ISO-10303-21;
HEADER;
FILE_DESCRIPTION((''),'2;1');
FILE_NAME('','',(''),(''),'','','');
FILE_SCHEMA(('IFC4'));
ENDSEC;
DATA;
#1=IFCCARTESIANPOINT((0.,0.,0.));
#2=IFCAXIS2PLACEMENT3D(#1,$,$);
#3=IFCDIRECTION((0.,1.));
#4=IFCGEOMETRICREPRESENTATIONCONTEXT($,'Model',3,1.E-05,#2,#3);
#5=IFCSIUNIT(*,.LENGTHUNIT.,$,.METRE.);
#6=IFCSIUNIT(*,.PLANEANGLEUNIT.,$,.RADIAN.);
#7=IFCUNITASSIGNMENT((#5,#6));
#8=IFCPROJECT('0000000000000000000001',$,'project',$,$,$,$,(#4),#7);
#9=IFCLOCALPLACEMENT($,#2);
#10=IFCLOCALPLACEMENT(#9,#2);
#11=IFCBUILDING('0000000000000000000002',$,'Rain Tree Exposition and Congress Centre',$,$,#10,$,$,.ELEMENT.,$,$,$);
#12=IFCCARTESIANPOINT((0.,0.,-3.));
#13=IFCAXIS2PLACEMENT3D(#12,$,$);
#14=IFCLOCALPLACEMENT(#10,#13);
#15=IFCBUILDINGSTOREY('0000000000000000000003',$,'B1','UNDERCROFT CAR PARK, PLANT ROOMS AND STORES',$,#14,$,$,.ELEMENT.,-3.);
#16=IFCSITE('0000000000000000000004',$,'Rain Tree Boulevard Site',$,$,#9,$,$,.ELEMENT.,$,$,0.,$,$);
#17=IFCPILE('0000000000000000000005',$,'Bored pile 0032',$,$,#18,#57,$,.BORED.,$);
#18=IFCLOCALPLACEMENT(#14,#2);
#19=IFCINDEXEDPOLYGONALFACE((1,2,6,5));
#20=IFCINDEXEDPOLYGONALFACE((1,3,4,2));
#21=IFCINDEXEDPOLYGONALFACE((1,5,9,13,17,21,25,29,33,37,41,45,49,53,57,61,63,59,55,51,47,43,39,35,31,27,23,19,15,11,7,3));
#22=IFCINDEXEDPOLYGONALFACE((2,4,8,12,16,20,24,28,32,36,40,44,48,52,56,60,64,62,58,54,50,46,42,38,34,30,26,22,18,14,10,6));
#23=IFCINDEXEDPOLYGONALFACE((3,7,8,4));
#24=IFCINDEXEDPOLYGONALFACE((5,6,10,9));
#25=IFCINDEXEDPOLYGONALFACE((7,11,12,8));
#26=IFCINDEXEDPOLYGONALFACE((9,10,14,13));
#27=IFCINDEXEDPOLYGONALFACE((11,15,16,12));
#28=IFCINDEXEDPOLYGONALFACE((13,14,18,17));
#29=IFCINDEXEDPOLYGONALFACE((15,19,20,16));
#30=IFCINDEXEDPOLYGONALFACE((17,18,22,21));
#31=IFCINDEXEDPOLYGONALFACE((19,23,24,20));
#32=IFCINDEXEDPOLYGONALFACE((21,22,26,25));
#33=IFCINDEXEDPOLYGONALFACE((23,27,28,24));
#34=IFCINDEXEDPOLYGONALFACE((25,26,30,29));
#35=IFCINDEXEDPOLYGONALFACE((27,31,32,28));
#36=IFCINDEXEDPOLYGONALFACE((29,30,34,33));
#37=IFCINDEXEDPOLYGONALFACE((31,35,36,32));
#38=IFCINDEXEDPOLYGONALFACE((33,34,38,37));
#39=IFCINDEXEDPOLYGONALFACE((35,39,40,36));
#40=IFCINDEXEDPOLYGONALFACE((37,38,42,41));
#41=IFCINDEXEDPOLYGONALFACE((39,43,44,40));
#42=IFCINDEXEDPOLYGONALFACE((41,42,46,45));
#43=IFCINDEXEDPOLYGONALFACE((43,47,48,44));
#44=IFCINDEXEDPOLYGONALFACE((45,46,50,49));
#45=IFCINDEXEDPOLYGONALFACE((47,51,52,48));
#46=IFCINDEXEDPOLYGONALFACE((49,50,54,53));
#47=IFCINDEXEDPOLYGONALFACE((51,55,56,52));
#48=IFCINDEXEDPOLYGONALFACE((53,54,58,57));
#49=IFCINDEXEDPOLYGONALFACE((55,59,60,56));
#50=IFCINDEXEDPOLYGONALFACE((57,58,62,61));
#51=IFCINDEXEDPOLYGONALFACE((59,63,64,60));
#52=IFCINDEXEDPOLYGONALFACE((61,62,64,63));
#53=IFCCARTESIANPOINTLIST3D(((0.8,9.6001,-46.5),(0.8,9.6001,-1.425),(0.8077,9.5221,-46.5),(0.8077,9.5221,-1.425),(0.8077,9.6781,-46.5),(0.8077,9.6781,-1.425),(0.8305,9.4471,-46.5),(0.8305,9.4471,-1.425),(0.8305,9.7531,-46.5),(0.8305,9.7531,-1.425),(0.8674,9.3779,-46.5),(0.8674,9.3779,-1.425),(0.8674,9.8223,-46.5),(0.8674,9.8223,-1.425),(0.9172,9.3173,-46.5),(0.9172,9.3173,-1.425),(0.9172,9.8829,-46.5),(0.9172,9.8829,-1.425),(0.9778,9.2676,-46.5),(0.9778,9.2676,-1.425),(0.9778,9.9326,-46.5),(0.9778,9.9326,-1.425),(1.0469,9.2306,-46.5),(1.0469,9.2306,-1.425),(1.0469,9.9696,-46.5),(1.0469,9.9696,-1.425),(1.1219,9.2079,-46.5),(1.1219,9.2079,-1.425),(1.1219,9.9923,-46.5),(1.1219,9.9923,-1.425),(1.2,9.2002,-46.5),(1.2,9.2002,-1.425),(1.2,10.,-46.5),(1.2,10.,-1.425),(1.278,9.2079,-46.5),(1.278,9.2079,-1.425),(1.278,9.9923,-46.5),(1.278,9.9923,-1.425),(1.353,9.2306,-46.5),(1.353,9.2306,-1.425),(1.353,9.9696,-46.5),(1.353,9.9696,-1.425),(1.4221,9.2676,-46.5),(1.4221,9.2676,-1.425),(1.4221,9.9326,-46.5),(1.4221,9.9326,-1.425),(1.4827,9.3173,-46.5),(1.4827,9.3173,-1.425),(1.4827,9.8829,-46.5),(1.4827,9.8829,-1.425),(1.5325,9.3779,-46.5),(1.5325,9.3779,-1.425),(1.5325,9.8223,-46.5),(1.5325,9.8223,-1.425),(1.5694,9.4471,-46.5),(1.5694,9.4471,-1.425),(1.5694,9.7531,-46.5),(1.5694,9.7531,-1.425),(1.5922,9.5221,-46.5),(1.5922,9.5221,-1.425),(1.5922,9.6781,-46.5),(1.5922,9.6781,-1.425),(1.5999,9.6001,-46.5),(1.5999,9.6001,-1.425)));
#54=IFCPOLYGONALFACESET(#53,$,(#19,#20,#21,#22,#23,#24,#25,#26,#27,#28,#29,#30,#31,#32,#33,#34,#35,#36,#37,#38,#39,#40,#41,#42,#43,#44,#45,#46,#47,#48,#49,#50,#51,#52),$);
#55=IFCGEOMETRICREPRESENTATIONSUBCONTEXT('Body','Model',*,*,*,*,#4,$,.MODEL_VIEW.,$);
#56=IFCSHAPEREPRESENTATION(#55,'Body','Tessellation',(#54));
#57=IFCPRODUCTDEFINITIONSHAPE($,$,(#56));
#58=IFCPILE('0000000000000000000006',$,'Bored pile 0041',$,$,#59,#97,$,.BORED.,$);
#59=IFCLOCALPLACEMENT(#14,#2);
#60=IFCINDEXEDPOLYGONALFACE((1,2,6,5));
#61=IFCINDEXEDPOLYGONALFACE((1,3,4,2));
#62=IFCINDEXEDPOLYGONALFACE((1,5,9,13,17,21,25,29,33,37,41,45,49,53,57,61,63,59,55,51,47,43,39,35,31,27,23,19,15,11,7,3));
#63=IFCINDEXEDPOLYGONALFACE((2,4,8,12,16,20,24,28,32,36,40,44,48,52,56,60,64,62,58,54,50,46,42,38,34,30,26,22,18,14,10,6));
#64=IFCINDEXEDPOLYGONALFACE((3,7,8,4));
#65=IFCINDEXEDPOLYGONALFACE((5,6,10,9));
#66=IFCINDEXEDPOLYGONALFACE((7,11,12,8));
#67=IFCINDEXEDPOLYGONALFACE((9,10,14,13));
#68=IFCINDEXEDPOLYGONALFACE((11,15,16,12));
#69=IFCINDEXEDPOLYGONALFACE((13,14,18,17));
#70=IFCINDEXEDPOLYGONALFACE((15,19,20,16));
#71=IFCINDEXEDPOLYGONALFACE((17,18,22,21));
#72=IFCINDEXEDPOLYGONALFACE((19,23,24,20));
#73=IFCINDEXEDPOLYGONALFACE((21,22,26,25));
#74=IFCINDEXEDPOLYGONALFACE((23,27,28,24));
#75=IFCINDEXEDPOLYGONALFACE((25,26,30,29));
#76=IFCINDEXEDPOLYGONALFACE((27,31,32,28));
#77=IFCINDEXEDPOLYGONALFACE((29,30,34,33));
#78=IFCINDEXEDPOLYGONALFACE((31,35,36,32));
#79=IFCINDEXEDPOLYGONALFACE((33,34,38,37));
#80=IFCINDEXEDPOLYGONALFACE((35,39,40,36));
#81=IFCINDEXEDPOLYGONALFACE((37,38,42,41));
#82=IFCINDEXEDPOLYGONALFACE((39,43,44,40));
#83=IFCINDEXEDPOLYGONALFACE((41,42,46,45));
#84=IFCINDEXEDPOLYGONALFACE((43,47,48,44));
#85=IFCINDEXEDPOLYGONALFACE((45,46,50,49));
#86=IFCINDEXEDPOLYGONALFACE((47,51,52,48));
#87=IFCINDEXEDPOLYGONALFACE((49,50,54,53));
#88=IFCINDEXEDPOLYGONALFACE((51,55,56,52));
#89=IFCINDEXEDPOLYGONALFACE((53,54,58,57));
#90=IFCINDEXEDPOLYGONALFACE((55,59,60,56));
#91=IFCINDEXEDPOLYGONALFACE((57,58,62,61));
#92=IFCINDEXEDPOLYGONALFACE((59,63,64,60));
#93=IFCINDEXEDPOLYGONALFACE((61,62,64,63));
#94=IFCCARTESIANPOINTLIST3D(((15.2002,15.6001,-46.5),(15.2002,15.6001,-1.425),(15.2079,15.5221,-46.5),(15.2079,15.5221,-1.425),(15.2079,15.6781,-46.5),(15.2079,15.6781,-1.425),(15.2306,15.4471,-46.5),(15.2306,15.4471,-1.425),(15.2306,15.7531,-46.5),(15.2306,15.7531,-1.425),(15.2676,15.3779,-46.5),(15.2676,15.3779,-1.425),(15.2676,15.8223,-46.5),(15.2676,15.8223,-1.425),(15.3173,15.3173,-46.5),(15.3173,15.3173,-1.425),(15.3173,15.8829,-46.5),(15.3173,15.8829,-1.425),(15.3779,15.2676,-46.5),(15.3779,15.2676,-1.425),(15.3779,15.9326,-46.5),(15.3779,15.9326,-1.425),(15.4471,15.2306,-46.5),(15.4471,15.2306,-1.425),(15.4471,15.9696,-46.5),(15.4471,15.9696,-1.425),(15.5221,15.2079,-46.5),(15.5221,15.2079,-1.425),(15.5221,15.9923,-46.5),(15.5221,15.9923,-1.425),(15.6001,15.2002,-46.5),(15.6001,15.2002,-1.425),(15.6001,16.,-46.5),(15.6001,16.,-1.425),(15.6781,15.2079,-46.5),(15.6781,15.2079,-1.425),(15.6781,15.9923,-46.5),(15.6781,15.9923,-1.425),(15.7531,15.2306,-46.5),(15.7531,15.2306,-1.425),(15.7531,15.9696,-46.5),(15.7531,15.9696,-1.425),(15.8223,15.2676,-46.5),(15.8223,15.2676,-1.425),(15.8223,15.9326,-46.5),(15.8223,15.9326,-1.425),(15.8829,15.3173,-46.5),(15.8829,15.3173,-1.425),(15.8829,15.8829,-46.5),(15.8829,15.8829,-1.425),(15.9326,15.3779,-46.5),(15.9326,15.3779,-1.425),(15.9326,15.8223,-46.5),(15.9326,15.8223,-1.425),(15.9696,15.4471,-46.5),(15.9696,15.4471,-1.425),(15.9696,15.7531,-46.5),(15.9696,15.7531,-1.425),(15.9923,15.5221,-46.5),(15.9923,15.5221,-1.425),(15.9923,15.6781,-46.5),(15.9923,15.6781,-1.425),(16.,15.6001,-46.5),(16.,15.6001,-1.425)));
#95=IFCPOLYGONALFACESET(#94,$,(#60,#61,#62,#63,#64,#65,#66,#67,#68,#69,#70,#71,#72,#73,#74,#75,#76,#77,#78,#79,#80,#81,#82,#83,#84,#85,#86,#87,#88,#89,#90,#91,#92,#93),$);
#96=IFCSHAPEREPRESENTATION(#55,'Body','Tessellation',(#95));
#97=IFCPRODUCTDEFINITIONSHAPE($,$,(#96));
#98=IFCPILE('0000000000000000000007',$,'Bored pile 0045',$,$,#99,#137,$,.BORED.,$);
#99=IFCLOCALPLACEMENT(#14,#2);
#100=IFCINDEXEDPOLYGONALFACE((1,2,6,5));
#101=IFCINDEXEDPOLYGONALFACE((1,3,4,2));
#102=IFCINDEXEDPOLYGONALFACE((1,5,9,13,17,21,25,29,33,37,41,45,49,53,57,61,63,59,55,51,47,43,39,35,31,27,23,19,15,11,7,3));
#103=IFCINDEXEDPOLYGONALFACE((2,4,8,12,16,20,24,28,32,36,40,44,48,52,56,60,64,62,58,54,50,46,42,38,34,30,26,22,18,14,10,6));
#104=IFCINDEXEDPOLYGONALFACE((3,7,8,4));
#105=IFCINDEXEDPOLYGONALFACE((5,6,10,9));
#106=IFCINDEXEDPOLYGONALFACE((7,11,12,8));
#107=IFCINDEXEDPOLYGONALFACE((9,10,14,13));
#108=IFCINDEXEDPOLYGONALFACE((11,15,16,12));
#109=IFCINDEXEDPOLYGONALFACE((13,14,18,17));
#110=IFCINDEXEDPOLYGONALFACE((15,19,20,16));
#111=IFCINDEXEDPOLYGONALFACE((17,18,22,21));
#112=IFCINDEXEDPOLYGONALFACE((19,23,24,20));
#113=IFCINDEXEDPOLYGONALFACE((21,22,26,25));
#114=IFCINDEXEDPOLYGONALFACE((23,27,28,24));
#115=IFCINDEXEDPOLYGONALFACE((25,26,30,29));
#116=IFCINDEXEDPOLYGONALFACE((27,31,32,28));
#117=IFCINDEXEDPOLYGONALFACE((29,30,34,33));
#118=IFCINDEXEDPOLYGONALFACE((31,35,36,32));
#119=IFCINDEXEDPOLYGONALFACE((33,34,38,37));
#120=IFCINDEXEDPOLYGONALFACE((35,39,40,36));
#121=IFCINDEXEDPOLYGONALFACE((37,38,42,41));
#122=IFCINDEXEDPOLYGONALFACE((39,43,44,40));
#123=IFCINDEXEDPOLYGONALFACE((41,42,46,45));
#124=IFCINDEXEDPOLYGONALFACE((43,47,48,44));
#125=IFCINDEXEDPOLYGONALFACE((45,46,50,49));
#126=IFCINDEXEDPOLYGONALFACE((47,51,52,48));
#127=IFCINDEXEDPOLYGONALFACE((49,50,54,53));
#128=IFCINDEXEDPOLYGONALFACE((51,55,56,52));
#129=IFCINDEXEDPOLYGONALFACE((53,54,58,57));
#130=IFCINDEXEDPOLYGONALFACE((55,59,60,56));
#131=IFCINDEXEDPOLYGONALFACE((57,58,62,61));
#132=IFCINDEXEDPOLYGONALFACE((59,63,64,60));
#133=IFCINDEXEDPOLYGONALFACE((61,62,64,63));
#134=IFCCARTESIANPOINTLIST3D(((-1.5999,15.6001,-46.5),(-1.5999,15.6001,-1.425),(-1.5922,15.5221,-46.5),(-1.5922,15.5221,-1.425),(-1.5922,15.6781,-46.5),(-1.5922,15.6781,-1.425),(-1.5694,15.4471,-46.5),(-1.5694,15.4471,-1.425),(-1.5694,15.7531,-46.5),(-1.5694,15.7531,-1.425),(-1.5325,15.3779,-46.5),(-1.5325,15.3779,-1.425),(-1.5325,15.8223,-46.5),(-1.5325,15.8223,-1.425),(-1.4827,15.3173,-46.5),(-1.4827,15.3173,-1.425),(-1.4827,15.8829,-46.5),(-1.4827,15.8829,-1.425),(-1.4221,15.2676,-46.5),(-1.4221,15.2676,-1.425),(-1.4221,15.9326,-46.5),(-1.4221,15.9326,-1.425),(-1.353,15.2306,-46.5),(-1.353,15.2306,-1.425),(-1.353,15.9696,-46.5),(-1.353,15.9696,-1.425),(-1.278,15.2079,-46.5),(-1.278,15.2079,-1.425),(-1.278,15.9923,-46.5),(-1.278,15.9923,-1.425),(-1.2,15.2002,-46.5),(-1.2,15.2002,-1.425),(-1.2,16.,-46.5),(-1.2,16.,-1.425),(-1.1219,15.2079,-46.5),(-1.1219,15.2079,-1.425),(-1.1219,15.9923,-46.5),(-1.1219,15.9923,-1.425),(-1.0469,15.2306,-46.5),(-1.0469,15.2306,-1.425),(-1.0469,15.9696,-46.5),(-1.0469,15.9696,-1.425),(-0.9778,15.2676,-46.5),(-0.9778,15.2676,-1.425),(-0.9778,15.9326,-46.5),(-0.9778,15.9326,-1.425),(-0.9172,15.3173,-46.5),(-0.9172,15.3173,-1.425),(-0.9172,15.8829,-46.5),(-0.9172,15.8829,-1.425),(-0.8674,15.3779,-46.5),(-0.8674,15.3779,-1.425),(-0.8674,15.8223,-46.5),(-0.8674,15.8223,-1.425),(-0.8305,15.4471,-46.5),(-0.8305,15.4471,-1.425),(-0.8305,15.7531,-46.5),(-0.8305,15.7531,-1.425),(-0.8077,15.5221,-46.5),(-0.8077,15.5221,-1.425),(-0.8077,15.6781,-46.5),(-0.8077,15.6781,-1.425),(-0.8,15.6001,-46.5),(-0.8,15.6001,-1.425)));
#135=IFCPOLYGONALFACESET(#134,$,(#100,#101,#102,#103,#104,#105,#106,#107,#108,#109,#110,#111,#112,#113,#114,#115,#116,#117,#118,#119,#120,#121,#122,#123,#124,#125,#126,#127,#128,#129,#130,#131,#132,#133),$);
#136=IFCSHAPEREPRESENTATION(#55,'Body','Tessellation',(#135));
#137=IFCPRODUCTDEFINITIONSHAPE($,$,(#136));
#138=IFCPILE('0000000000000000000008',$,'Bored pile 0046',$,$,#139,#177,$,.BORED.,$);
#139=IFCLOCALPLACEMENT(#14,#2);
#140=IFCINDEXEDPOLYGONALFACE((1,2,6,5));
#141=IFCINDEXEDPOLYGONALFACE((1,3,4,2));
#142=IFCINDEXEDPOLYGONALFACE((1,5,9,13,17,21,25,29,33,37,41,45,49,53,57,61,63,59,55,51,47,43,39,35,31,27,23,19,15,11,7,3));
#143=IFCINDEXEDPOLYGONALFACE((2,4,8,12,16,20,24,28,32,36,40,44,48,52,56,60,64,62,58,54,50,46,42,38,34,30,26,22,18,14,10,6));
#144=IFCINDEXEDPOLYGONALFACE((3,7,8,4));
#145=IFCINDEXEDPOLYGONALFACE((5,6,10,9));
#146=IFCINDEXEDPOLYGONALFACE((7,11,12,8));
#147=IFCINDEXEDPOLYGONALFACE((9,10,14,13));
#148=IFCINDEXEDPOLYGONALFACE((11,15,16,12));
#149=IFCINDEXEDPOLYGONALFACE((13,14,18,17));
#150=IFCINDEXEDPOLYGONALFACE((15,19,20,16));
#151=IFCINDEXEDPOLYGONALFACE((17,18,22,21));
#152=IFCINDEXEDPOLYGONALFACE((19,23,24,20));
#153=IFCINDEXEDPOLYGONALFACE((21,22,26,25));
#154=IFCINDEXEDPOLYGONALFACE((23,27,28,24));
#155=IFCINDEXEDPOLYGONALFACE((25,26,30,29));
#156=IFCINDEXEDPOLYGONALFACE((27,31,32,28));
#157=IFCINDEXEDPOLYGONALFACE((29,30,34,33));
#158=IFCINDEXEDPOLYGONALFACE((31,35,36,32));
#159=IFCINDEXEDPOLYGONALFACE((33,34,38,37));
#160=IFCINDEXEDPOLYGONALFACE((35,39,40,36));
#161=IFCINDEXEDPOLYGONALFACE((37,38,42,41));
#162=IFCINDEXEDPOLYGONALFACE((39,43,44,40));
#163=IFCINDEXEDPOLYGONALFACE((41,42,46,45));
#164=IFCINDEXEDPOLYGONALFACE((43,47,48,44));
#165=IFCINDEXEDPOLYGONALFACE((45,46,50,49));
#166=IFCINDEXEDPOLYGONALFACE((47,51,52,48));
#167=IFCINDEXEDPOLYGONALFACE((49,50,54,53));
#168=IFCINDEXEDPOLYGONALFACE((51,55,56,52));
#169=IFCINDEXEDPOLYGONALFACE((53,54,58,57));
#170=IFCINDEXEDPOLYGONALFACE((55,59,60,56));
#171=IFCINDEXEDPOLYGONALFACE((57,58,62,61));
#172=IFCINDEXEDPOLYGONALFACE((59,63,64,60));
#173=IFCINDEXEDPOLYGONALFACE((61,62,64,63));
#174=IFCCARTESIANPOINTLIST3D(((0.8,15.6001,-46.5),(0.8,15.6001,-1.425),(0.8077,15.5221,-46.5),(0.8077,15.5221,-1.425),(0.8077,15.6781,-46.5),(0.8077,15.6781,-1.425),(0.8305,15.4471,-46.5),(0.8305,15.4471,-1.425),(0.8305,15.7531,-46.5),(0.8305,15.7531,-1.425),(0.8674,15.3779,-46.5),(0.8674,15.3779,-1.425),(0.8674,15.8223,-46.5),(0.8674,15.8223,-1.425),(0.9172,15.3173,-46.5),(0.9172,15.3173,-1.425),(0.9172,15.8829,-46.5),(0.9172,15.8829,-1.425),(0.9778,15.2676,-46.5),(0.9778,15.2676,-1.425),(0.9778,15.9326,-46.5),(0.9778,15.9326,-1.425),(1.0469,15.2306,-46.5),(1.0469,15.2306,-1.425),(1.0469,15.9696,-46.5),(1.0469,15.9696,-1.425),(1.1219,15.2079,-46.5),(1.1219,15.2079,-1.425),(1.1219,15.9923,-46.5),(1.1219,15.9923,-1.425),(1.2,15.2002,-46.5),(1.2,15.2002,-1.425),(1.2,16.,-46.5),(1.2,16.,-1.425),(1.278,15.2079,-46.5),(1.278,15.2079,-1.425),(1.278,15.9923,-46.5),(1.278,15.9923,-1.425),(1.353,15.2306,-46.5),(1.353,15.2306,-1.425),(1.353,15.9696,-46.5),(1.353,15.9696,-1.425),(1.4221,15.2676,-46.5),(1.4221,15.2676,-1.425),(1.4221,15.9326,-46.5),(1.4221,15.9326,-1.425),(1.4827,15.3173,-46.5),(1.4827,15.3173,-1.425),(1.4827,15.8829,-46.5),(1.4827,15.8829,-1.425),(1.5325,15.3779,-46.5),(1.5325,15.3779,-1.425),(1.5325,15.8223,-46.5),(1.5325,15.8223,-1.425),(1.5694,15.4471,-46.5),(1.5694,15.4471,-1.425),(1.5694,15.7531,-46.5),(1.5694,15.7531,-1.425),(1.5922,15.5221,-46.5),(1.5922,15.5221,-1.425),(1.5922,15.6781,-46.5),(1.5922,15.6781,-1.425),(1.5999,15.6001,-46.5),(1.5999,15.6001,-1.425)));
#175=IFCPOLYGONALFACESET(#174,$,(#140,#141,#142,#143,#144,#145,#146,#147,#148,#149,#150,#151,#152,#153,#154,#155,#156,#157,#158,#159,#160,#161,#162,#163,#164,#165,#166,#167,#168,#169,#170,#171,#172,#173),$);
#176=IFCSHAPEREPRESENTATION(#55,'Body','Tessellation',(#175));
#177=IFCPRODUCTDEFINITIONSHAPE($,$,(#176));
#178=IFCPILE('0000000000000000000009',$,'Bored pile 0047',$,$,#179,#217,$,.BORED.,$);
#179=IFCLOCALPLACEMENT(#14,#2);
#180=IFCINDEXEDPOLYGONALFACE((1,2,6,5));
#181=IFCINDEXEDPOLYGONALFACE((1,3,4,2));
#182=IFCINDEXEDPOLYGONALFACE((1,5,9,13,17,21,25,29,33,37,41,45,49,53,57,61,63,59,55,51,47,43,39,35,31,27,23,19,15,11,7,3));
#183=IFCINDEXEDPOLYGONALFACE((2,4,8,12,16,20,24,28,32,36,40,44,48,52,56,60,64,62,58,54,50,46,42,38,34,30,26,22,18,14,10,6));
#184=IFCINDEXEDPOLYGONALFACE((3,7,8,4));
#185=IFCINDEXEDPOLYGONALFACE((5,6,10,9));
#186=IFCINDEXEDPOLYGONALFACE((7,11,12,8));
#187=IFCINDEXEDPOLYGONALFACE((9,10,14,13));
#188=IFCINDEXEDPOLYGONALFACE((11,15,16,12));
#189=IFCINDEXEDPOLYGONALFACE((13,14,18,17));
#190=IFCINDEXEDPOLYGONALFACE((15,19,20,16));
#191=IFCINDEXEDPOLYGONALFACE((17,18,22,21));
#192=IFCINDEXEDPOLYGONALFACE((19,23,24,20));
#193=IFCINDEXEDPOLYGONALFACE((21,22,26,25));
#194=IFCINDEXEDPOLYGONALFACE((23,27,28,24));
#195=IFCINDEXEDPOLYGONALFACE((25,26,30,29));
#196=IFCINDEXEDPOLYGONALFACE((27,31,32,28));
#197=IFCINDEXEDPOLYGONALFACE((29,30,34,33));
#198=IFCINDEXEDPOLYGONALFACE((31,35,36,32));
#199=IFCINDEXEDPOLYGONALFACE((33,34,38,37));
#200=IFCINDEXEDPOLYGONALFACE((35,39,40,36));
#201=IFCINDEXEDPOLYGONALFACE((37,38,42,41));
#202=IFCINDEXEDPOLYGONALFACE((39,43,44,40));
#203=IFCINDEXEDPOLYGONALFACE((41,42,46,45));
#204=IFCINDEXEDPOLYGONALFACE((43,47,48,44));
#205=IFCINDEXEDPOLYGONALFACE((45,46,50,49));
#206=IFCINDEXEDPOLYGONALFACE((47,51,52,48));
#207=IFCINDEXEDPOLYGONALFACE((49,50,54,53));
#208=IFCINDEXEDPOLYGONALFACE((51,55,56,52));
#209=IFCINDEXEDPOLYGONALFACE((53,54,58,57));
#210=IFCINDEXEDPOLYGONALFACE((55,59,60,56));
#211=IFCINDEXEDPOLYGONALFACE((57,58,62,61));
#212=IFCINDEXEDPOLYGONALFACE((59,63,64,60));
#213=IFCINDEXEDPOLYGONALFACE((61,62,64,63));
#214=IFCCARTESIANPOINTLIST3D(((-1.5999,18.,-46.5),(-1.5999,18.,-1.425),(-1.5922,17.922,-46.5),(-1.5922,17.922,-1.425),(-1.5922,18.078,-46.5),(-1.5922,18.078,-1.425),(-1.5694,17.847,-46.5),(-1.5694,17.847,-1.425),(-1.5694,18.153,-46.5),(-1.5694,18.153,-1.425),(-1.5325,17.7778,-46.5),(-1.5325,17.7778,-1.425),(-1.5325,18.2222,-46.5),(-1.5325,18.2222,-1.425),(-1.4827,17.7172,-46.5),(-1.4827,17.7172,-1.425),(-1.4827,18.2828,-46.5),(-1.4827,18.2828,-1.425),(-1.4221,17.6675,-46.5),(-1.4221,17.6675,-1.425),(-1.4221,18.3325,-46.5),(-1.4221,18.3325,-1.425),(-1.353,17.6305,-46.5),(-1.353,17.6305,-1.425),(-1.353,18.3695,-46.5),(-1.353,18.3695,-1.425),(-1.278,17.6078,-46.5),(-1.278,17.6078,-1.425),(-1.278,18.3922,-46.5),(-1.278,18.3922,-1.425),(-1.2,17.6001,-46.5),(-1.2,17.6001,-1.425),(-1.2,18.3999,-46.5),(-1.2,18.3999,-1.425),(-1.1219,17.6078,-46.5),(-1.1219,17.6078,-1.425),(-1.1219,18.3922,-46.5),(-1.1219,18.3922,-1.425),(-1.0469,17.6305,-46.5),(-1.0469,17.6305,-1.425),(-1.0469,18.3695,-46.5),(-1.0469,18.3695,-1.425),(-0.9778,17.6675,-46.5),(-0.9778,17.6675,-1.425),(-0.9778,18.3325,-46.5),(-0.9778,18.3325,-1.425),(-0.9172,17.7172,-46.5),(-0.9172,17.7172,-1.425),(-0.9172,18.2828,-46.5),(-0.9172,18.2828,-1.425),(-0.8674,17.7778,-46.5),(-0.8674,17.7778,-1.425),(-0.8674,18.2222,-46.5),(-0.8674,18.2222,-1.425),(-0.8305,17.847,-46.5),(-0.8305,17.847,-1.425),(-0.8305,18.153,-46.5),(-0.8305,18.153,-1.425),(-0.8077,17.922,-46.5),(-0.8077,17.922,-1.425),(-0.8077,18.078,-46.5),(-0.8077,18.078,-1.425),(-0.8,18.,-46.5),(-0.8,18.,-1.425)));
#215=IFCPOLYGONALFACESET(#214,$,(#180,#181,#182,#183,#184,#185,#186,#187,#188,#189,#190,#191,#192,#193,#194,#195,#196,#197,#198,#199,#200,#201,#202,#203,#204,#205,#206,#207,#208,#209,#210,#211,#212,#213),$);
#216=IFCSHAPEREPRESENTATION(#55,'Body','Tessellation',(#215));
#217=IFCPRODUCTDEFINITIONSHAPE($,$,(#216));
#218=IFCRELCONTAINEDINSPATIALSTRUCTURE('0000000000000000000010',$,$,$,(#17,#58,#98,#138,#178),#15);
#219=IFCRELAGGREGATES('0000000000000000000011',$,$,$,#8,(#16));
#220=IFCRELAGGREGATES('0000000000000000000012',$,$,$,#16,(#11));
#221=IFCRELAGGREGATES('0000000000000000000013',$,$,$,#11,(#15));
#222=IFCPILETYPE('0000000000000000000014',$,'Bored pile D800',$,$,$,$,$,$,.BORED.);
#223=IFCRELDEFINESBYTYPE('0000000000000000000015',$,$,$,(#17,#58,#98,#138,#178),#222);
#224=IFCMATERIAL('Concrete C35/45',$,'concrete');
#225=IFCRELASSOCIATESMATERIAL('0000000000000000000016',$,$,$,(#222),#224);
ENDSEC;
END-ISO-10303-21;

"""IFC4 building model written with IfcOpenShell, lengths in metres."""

from ifc_helpers import new_model, si_unit, direction, frame, origin, origin_2d, place, context, subcontext, project, spatial, circle, extrude, material, material_profile, profile_set, type_object, element, save


model = new_model("IFC4")

# Units and contexts
model_context = context("Model", 3, precision=1e-05, world=origin(), true_north=direction((0.0, 1.0)))
body_context = subcontext(model_context, "Body", "Model", "MODEL_VIEW")
ifc_project = project(units=[si_unit("LENGTHUNIT", "METRE"), si_unit("PLANEANGLEUNIT", "RADIAN")], contexts=[model_context])

# Site, building, storey
site_placement = place(None, origin())
site = spatial("IfcSite", under=ifc_project, at=site_placement, Name="Rain Tree Boulevard Site", CompositionType="ELEMENT", RefElevation=0.0)
building_placement = place(site_placement, origin())
building = spatial("IfcBuilding", under=site, at=building_placement, Name="Rain Tree Exposition and Congress Centre", CompositionType="ELEMENT")
storey_placement = place(building_placement, frame((0.0, 0.0, -3.0)))
storey = spatial("IfcBuildingStorey", under=building, at=storey_placement, Name="B1", Description="UNDERCROFT CAR PARK, PLANT ROOMS AND STORES", CompositionType="ELEMENT", Elevation=-3.0)

# Piles
ifc_material_1 = material(Name="Concrete C35/45", Category="concrete")
ifc_material_profile_1 = material_profile(ifc_material_1, circle(Radius=0.3999, at=origin_2d()), Name="D800")
ifc_profile_set_1 = profile_set([ifc_material_profile_1], Name="Concrete C35/45")
pile_type = type_object("IfcPileType", Name="Bored pile D800", PredefinedType="BORED", material=ifc_profile_set_1)
for number, where, z_axis, x_axis, name in (
    (1, (1.2, 9.6001, -1.425), (0.0, 0.0, -1.0), (1.0, 0.0, 0.0), "Bored pile 0032"),
    (2, (15.6001, 15.6001, -1.425), (0.0, 0.0, -1.0), (1.0, 0.0, 0.0), "Bored pile 0041"),
    (3, (-1.2, 15.6001, -1.425), (0.0, 0.0, -1.0), (1.0, 0.0, 0.0), "Bored pile 0045"),
    (4, (1.2, 15.6001, -1.425), (0.0, 0.0, -1.0), (1.0, 0.0, 0.0), "Bored pile 0046"),
    (5, (-1.2, 18.0, -1.425), (0.0, 0.0, -1.0), (1.0, 0.0, 0.0), "Bored pile 0047"),
):
    element("IfcPile", number, at=place(storey_placement, frame(where, z_axis=z_axis, x_axis=x_axis)), inside=storey, type_object=pile_type, Name=name, PredefinedType="BORED", context=body_context, shape_type="SweptSolid", body=[
        extrude(circle(Radius=0.3999, at=origin_2d()), origin(), (0.0, 0.0, 1.0), 45.075),
    ])

save(model, "model.ifc")
